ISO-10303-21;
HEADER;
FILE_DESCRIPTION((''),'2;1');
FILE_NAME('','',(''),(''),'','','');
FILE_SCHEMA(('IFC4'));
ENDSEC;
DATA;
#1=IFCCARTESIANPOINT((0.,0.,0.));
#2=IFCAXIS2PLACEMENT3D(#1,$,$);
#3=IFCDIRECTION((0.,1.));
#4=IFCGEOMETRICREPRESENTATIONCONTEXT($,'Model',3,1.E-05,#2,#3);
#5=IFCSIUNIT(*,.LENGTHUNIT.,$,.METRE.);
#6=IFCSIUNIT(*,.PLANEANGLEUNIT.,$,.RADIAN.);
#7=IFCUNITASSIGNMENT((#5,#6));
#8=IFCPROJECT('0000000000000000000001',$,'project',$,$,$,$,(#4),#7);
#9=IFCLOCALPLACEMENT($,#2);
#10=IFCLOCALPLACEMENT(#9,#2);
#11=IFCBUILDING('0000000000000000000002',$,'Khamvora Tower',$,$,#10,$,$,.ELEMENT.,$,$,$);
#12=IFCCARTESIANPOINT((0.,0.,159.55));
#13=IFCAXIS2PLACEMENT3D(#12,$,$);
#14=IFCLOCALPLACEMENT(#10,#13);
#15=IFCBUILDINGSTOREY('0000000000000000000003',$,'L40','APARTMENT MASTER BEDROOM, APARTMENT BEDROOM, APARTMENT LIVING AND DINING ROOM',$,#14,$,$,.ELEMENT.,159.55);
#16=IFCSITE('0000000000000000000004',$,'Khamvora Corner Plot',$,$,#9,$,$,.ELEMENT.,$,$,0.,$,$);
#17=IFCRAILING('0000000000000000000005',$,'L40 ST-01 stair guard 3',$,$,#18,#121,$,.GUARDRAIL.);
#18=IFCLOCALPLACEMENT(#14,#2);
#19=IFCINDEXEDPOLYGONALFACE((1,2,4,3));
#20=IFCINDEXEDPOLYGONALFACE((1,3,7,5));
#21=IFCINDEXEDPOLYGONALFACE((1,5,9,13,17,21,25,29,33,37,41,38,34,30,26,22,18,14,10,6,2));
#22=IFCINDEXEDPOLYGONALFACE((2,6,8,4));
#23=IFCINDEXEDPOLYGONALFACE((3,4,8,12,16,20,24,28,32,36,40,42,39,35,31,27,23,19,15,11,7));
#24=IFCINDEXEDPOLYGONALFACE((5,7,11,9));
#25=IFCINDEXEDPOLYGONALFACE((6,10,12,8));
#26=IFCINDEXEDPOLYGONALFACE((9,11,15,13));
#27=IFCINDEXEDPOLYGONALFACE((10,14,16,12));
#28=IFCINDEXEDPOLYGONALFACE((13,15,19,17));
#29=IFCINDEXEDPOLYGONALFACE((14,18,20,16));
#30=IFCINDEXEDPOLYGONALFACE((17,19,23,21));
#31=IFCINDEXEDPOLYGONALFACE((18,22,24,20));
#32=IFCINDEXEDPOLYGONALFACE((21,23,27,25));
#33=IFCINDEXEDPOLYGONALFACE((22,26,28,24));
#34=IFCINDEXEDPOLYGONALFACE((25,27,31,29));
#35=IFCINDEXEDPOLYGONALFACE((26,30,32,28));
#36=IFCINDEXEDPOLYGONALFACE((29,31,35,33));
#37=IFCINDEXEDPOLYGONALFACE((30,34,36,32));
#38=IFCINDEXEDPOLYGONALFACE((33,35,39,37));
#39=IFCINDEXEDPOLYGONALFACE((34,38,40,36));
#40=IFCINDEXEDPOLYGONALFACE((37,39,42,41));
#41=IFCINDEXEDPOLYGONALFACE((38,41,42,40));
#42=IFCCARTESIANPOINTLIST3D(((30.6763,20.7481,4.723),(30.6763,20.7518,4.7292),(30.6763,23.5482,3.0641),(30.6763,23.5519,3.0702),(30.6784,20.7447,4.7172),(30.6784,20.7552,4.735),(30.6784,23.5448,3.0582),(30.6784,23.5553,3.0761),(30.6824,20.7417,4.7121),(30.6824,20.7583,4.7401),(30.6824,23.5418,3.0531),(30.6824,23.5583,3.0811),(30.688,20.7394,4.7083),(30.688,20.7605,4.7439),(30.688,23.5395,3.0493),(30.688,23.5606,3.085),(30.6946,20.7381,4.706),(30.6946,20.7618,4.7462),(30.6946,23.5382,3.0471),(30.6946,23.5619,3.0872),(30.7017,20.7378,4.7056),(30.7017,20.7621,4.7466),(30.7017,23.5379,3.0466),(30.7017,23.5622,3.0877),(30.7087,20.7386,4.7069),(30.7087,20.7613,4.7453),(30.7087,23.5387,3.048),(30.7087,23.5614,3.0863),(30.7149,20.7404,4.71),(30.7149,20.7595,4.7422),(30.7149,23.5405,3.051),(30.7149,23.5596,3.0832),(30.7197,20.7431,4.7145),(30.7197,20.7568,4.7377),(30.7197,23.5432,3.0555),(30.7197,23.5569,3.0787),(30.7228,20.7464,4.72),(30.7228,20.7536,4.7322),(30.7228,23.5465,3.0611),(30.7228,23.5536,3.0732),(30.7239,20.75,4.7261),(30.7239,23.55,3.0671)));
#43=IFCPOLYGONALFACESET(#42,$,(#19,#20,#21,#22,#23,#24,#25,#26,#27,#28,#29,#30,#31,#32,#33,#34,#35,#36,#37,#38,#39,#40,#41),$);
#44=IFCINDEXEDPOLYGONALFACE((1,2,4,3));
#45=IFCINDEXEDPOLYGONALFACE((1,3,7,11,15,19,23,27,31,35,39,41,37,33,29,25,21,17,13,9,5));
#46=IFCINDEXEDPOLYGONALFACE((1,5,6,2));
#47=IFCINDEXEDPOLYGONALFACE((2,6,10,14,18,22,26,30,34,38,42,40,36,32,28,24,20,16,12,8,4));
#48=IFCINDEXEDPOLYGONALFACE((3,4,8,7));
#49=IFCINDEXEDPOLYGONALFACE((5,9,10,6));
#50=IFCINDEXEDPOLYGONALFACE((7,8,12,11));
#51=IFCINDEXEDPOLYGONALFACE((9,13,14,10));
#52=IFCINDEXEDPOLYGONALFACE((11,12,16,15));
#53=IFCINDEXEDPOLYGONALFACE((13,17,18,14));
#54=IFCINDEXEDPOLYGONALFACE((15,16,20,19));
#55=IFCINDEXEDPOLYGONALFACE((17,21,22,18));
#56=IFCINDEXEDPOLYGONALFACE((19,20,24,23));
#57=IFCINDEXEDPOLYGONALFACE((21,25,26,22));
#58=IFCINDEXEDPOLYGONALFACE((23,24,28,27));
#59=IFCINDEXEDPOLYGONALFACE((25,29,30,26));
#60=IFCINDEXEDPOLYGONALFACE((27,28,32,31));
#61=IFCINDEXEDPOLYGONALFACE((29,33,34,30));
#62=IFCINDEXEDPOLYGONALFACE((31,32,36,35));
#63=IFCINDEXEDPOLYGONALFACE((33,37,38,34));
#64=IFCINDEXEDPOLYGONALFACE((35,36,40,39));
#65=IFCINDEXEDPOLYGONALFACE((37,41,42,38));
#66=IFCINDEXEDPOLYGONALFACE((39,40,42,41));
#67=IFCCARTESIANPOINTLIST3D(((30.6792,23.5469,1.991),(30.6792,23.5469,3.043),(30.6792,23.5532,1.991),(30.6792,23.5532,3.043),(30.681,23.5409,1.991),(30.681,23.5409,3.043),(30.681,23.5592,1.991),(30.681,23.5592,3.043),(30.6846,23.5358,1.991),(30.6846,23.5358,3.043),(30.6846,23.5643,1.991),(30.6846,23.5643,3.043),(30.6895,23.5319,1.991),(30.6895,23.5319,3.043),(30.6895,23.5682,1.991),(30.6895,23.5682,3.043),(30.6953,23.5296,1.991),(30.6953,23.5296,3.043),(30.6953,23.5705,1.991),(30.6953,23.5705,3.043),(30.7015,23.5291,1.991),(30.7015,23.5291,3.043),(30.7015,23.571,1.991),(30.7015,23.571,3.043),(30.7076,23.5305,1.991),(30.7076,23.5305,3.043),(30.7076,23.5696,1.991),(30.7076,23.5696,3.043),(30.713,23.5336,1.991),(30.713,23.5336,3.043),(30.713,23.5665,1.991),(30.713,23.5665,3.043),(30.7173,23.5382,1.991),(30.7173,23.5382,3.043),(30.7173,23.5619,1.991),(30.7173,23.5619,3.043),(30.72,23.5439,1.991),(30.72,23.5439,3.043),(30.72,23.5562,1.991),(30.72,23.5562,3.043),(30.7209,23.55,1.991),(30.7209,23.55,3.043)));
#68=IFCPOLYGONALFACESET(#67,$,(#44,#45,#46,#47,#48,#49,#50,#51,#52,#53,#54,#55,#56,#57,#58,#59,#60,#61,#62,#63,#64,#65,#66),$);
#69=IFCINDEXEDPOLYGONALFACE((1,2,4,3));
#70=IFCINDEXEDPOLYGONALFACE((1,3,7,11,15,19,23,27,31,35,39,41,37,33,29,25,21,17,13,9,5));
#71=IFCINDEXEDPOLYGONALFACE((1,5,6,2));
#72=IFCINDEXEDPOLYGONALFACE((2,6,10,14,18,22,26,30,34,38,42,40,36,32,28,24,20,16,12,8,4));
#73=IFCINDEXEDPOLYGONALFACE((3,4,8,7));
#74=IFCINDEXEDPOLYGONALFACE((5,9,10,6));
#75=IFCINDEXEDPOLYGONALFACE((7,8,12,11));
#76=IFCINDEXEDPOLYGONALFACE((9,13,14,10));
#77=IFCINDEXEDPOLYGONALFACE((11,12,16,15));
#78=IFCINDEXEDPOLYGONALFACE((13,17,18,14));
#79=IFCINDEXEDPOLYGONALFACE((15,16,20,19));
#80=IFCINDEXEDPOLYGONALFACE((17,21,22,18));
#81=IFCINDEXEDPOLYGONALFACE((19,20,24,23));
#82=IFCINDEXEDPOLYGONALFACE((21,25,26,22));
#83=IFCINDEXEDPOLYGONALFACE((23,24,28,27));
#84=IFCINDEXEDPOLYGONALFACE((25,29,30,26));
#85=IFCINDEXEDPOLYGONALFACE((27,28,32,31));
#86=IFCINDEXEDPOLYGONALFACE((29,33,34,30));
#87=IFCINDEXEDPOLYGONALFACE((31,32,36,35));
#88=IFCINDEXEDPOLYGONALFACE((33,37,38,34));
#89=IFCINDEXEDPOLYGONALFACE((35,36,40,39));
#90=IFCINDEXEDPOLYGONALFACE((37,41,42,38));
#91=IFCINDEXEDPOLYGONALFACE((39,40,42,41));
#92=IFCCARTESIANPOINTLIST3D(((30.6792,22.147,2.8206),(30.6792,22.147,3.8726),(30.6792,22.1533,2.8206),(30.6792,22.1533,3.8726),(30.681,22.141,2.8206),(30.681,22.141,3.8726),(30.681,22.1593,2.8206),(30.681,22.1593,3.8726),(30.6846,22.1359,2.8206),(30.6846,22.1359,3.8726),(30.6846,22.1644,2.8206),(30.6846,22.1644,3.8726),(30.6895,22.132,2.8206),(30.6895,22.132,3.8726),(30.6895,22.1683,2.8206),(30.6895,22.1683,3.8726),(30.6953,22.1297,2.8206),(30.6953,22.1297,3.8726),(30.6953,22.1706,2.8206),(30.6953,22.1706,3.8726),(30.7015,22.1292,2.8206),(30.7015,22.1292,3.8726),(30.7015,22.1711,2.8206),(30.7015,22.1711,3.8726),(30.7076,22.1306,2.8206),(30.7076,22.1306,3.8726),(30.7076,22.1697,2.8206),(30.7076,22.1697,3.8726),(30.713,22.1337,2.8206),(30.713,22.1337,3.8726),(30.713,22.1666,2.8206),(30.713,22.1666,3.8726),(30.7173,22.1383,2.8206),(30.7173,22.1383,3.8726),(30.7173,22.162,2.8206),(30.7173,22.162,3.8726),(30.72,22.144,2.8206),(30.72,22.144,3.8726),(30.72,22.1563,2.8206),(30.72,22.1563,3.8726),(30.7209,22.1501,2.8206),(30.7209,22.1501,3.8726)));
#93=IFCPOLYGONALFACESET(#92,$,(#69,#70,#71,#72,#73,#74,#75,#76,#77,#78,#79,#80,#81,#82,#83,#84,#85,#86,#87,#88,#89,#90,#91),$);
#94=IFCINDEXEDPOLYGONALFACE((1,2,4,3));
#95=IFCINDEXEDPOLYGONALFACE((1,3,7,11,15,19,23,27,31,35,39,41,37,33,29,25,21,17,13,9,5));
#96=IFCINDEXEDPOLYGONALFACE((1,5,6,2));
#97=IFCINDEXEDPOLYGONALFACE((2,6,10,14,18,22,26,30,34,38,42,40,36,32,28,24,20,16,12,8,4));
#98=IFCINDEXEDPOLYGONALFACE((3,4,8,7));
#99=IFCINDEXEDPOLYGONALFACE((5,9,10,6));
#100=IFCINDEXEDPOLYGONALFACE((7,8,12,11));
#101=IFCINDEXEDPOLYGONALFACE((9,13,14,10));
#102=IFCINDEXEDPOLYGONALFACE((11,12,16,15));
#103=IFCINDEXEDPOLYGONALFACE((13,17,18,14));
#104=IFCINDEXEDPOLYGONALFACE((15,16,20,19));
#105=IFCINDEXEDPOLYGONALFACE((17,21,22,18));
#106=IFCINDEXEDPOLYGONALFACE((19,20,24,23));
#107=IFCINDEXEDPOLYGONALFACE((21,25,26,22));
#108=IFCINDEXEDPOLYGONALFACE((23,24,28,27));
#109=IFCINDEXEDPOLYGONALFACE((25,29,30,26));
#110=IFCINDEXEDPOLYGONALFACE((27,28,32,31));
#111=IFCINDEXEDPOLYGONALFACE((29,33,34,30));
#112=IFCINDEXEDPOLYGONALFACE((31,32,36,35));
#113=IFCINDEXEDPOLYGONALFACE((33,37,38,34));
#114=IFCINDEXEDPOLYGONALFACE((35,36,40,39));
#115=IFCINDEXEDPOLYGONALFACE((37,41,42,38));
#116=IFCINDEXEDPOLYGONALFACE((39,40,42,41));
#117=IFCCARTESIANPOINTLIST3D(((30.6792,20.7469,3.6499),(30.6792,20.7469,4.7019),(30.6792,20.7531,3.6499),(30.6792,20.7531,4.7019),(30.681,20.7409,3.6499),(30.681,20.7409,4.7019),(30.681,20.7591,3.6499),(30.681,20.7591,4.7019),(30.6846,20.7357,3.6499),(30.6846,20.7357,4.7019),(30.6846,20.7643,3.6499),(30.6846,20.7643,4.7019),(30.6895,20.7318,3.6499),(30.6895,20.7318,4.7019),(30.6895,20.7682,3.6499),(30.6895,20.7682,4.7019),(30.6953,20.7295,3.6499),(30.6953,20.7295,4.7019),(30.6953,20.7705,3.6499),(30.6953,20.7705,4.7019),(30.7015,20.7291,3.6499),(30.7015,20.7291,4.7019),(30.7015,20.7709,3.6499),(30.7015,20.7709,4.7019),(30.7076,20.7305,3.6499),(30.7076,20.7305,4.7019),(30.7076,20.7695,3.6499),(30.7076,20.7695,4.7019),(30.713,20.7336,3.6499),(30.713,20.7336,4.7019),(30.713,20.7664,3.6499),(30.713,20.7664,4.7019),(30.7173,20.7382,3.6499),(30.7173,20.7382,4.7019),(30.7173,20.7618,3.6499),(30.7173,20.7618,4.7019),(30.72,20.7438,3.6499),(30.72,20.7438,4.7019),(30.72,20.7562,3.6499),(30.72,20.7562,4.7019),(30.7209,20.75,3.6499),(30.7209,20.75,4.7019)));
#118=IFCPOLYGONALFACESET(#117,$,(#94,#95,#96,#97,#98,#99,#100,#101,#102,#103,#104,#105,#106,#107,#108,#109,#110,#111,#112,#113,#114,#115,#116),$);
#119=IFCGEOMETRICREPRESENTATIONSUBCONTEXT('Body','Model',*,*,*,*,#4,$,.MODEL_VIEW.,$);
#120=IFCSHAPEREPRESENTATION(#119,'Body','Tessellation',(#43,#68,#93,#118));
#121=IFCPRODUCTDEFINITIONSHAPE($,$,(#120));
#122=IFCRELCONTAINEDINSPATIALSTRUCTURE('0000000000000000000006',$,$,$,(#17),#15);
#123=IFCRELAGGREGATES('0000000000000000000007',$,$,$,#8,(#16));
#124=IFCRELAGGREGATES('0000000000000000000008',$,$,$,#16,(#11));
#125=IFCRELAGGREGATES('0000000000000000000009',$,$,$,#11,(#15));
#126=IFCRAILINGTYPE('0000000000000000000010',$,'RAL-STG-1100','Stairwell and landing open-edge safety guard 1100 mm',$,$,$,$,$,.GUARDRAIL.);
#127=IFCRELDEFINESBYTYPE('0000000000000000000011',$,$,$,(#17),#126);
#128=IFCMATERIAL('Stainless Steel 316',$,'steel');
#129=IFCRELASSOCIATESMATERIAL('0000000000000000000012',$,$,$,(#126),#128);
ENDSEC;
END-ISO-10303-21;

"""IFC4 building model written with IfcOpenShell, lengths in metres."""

from ifc_helpers import new_model, si_unit, direction, frame, origin, origin_2d, place, context, subcontext, project, spatial, circle, extrude, material, type_object, element, save


model = new_model("IFC4")

# Units and contexts
model_context = context("Model", 3, precision=1e-05, world=origin(), true_north=direction((0.0, 1.0)))
body_context = subcontext(model_context, "Body", "Model", "MODEL_VIEW")
ifc_project = project(units=[si_unit("LENGTHUNIT", "METRE"), si_unit("PLANEANGLEUNIT", "RADIAN")], contexts=[model_context])

# Site, building, storey
site_placement = place(None, origin())
site = spatial("IfcSite", under=ifc_project, at=site_placement, Name="Khamvora Corner Plot", CompositionType="ELEMENT", RefElevation=0.0)
building_placement = place(site_placement, origin())
building = spatial("IfcBuilding", under=site, at=building_placement, Name="Khamvora Tower", CompositionType="ELEMENT")
storey_placement = place(building_placement, frame((0.0, 0.0, 159.55)))
storey = spatial("IfcBuildingStorey", under=building, at=storey_placement, Name="L40", Description="APARTMENT MASTER BEDROOM, APARTMENT BEDROOM, APARTMENT LIVING AND DINING ROOM", CompositionType="ELEMENT", Elevation=159.55)

# Railing
ifc_material_1 = material(Name="Stainless Steel 316", Category="steel")
railing_type_1 = type_object("IfcRailingType", Name="RAL-STG-1100", Description="Stairwell and landing open-edge safety guard 1100 mm", PredefinedType="GUARDRAIL", material=ifc_material_1)
railing_1_placement = place(storey_placement, frame((30.7, 23.55, 1.991)))
element("IfcRailing", 1, at=railing_1_placement, inside=storey, type_object=railing_type_1, Name="L40 ST-01 stair guard 3", PredefinedType="GUARDRAIL", context=body_context, shape_type="SweptSolid", body=[
    extrude(circle(Radius=0.0239, at=origin_2d()), frame((0.0, 0.0, 1.0762), z_axis=(0.0, -0.860339, 0.509722), x_axis=(1.0, 0.0, 0.0)), (0.0, 0.0, 1.0), 3.2546),
    extrude(circle(Radius=0.021, at=origin_2d()), origin(), (0.0, 0.0, 1.0), 1.052),
    extrude(circle(Radius=0.021, at=origin_2d()), frame((0.0, -1.3999, 0.8296)), (0.0, 0.0, 1.0), 1.052),
    extrude(circle(Radius=0.021, at=origin_2d()), frame((0.0, -2.8, 1.6589)), (0.0, 0.0, 1.0), 1.052),
])

save(model, "model.ifc")
